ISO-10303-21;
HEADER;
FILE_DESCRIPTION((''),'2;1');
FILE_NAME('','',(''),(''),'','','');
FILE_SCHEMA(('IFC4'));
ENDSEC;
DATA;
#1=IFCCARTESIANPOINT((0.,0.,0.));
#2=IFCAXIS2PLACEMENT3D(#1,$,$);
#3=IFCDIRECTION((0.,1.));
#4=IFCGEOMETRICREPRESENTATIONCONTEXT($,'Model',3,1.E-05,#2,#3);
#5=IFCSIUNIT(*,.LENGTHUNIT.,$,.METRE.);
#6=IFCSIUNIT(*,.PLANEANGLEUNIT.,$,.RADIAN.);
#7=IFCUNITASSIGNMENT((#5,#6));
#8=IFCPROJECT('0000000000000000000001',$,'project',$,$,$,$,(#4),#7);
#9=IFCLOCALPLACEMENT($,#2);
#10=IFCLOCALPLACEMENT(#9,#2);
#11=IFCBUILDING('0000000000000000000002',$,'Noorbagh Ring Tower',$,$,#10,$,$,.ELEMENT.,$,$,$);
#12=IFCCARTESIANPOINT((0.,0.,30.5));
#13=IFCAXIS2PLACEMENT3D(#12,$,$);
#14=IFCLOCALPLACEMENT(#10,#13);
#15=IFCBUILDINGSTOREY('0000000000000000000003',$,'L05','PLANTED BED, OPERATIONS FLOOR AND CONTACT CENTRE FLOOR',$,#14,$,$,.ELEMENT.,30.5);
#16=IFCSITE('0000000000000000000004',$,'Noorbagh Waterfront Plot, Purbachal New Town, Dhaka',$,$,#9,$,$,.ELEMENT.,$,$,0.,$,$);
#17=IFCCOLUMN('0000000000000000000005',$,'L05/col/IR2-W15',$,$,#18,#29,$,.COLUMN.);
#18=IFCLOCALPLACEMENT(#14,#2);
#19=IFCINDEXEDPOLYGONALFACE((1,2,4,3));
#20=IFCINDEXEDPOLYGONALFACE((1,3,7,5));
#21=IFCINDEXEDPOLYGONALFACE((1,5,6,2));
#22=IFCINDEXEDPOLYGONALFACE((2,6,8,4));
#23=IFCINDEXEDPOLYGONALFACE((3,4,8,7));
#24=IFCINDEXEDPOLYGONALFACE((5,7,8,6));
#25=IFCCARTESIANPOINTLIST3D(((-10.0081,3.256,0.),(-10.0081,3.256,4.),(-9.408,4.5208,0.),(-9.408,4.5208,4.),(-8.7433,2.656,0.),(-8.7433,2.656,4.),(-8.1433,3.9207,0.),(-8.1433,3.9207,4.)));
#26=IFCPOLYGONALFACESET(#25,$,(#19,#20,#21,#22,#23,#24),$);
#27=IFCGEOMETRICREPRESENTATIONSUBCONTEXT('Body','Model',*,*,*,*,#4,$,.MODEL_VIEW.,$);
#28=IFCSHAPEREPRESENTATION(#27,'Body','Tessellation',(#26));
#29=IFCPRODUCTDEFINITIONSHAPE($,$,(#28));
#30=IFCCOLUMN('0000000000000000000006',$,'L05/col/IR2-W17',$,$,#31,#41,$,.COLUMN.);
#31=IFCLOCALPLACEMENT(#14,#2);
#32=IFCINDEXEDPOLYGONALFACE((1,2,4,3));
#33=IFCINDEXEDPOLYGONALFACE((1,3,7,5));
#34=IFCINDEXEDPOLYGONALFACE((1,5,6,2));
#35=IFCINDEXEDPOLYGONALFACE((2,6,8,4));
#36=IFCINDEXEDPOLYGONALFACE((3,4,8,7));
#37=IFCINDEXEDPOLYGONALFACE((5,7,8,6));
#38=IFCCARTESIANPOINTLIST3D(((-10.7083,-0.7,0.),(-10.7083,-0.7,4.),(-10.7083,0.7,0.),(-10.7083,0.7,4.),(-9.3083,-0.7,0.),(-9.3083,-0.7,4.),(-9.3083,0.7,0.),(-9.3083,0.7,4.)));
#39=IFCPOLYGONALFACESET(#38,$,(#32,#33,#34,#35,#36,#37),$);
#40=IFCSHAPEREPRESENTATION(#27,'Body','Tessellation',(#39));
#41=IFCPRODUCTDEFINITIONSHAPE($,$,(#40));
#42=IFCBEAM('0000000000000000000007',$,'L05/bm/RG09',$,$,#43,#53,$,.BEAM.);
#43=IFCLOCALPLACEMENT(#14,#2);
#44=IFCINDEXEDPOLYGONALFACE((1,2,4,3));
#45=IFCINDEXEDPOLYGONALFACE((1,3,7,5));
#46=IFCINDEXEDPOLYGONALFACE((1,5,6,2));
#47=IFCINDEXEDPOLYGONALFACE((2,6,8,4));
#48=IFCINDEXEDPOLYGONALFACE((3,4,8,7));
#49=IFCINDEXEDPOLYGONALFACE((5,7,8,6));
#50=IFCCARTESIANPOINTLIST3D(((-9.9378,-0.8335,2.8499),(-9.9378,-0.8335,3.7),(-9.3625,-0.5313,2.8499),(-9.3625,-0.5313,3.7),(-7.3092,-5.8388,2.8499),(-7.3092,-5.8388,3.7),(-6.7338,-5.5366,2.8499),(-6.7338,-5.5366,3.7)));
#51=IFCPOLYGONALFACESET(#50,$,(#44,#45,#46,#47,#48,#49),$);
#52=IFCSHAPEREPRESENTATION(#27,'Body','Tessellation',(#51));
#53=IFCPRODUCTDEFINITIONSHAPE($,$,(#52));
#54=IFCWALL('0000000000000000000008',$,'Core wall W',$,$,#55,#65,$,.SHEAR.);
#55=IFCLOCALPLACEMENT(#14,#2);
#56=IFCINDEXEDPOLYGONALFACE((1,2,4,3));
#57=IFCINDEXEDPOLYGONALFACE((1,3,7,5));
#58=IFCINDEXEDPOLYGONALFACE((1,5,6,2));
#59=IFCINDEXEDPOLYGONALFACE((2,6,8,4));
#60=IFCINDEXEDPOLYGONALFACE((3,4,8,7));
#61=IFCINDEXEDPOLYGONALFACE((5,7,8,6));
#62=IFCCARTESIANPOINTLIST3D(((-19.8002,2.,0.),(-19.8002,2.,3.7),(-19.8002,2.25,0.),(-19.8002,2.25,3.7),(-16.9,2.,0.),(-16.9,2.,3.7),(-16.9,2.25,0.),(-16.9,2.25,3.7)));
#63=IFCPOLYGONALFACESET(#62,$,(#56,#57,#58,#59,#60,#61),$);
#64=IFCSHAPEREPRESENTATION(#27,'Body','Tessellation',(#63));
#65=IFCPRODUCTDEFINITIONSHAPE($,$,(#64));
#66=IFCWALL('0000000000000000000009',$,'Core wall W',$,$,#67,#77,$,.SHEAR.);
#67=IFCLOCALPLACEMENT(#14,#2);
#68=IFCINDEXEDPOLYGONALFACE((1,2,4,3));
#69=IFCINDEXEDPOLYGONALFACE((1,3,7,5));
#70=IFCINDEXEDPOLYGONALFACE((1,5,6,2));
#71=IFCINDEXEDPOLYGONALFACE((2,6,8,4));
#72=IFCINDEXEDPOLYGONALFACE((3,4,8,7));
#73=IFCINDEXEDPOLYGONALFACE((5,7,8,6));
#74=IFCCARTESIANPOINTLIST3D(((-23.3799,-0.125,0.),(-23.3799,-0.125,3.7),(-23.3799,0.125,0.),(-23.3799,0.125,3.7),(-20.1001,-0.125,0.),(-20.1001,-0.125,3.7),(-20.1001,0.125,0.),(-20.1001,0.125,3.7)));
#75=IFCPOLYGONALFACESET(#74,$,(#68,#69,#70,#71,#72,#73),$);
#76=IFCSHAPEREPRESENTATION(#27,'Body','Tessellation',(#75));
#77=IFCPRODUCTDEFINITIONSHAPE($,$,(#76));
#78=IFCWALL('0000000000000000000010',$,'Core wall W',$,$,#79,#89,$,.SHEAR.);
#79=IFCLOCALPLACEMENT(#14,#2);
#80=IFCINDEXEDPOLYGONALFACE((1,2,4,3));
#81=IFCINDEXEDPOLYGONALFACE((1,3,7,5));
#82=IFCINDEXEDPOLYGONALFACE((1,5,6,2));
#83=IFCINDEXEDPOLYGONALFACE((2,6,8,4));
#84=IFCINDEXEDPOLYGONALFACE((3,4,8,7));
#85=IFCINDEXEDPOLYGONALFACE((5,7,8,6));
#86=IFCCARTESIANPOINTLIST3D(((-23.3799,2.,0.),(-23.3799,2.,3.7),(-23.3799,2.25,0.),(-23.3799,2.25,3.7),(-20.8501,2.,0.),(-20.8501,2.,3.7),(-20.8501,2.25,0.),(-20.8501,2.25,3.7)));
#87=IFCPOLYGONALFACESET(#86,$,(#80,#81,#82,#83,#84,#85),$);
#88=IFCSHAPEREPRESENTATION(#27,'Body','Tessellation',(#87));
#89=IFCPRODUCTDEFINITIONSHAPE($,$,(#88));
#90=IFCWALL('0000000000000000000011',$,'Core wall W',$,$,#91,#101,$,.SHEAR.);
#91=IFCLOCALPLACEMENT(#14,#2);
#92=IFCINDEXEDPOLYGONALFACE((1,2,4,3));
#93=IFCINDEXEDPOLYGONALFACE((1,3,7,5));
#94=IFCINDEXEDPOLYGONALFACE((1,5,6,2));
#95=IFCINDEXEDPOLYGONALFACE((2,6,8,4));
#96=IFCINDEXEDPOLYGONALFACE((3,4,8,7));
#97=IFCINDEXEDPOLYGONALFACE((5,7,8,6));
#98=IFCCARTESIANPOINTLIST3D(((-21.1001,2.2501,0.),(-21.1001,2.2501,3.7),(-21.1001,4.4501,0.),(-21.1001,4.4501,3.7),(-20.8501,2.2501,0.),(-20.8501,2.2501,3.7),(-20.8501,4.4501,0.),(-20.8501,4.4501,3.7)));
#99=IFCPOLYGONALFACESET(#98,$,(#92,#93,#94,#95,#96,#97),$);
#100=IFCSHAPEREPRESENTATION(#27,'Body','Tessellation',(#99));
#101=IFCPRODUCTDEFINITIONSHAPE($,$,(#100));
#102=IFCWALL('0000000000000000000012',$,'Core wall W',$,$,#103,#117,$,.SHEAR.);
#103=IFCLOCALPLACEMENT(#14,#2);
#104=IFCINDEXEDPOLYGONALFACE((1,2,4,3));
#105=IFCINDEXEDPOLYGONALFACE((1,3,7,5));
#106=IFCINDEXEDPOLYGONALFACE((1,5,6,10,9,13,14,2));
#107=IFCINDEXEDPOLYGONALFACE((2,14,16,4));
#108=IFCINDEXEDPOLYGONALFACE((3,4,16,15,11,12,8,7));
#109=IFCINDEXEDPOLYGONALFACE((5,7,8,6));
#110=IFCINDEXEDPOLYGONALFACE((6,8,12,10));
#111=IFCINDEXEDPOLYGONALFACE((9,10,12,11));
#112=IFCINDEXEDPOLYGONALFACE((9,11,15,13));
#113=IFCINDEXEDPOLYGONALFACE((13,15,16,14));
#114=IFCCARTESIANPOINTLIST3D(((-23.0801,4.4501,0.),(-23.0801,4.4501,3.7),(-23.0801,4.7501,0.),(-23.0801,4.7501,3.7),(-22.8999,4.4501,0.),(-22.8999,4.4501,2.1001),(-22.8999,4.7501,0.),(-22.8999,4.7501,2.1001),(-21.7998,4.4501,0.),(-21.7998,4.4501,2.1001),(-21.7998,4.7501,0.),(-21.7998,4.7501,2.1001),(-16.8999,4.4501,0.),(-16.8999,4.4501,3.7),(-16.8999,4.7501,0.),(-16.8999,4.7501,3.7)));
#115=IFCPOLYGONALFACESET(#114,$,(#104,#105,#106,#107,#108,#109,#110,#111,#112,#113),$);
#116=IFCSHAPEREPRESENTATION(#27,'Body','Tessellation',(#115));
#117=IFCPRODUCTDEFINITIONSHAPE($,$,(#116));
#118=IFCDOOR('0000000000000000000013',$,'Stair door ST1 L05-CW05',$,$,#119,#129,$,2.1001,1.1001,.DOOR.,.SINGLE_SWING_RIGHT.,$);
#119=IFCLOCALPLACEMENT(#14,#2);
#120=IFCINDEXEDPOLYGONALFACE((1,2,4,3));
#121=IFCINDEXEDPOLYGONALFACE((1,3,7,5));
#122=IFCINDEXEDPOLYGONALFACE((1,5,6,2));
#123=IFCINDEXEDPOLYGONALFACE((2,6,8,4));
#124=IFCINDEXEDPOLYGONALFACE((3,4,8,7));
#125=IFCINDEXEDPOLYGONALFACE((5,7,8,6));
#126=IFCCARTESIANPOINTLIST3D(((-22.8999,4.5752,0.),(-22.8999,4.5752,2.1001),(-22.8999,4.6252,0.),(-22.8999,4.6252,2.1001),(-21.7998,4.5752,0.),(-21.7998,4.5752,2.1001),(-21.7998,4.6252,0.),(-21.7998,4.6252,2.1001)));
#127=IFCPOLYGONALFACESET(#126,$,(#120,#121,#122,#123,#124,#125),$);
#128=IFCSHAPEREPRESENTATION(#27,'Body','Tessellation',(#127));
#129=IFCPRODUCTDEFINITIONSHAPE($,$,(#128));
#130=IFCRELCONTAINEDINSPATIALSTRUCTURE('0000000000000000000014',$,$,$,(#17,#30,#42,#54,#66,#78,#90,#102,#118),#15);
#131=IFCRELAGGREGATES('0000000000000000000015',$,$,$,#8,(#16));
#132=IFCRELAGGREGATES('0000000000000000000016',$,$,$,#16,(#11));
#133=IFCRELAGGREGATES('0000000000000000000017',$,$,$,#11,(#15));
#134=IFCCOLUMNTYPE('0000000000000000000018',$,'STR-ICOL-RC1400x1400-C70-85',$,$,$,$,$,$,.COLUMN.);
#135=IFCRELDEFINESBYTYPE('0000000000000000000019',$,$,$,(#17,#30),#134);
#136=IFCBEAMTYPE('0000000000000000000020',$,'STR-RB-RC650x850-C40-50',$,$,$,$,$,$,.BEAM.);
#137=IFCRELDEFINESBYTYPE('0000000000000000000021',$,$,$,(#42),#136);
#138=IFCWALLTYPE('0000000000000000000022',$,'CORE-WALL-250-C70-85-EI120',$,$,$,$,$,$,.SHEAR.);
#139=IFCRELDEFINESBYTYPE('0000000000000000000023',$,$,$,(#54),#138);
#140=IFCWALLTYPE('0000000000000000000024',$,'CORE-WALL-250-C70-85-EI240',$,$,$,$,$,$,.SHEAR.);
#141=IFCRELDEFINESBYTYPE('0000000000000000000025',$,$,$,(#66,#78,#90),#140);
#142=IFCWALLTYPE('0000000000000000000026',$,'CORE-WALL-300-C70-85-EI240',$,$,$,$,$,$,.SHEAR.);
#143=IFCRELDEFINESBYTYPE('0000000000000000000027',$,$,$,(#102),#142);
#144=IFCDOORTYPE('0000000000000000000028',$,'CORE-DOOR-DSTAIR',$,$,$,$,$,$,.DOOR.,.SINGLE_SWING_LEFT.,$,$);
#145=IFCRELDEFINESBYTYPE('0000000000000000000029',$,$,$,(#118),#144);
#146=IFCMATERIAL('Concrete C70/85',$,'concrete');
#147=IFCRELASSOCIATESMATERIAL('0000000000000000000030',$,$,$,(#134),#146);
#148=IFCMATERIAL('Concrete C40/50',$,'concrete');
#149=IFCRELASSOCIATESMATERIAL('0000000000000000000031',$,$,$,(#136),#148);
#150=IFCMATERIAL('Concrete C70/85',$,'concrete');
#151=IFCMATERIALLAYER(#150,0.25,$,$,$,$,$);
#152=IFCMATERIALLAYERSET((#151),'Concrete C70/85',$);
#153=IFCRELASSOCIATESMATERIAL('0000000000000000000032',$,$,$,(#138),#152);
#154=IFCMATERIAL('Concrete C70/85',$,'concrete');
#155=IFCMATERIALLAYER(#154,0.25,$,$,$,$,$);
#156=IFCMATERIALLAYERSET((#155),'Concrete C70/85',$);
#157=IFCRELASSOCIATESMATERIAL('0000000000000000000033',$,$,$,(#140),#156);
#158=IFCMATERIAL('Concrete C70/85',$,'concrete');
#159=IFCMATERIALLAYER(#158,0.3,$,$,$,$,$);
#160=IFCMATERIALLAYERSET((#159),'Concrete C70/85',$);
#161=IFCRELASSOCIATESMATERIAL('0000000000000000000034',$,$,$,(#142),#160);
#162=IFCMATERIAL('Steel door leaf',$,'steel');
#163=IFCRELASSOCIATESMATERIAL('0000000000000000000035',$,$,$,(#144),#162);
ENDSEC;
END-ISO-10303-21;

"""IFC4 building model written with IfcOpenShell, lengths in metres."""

from ifc_helpers import new_model, si_unit, direction, frame, frame_2d, origin, origin_2d, place, context, subcontext, project, spatial, rectangle, extrude, material, layer, layer_set, material_profile, profile_set, type_object, element, fill, save


model = new_model("IFC4")

# Units and contexts
model_context = context("Model", 3, precision=1e-05, world=origin(), true_north=direction((0.0, 1.0)))
body_context = subcontext(model_context, "Body", "Model", "MODEL_VIEW")
ifc_project = project(units=[si_unit("LENGTHUNIT", "METRE"), si_unit("PLANEANGLEUNIT", "RADIAN")], contexts=[model_context])

# Site, building, storey
site_placement = place(None, origin())
site = spatial("IfcSite", under=ifc_project, at=site_placement, Name="Noorbagh Waterfront Plot, Purbachal New Town, Dhaka", CompositionType="ELEMENT", RefElevation=0.0)
building_placement = place(site_placement, origin())
building = spatial("IfcBuilding", under=site, at=building_placement, Name="Noorbagh Ring Tower", CompositionType="ELEMENT")
storey_placement = place(building_placement, frame((0.0, 0.0, 30.5)))
storey = spatial("IfcBuildingStorey", under=building, at=storey_placement, Name="L05", Description="PLANTED BED, OPERATIONS FLOOR AND CONTACT CENTRE FLOOR", CompositionType="ELEMENT", Elevation=30.5)

# Columns
ifc_material_1 = material(Name="Concrete C70/85", Category="concrete")
ifc_material_profile_1 = material_profile(ifc_material_1, rectangle(XDim=1.3999, YDim=1.3999, at=origin_2d()), Name="RC1400x1400")
ifc_profile_set_1 = profile_set([ifc_material_profile_1], Name="Concrete C70/85")
column_type = type_object("IfcColumnType", Name="STR-ICOL-RC1400x1400-C70-85", PredefinedType="COLUMN", material=ifc_profile_set_1)
for number, where, z_axis, x_axis, name in (
    (1, (-9.0757, 3.5884, 0.0), (0.0, 0.0, 1.0), (-0.428667, -0.903463, 0.0), "L05/col/IR2-W15"),
    (2, (-10.0083, 0.0, 0.0), (0.0, 0.0, 1.0), (0.0, -1.0, 0.0), "L05/col/IR2-W17"),
):
    element("IfcColumn", number, at=place(storey_placement, frame(where, z_axis=z_axis, x_axis=x_axis)), inside=storey, type_object=column_type, Name=name, PredefinedType="COLUMN", context=body_context, shape_type="SweptSolid", body=[
        extrude(rectangle(XDim=1.3999, YDim=1.3999, at=origin_2d()), origin(), (0.0, 0.0, 1.0), 4.0),
    ])

# Beam
ifc_material_2 = material(Name="Concrete C40/50", Category="concrete")
ifc_material_profile_2 = material_profile(ifc_material_2, rectangle(XDim=0.6499, YDim=0.8501, at=origin_2d()), Name="RC650x850")
ifc_profile_set_2 = profile_set([ifc_material_profile_2], Name="Concrete C40/50")
beam_type = type_object("IfcBeamType", Name="STR-RB-RC650x850-C40-50", PredefinedType="BEAM", material=ifc_profile_set_2)
beam_placement = place(storey_placement, frame((-9.6501, -0.6824, 3.2749), z_axis=(0.464951, -0.885337, 0.0), x_axis=(0.885337, 0.464951, 0.0)))
element("IfcBeam", 3, at=beam_placement, inside=storey, type_object=beam_type, Name="L05/bm/RG09", PredefinedType="BEAM", context=body_context, shape_type="SweptSolid", body=[
    extrude(rectangle(XDim=0.6499, YDim=0.8501, at=origin_2d()), origin(), (0.0, 0.0, 1.0), 5.6536),
])

# Walls
ifc_material_3 = material(Name="Concrete C70/85", Category="concrete")
ifc_layer_1 = layer(ifc_material_3, 0.25)
ifc_layer_set_1 = layer_set([ifc_layer_1], Name="Concrete C70/85")
wall_type_1 = type_object("IfcWallType", Name="CORE-WALL-250-C70-85-EI120", PredefinedType="SHEAR", material=ifc_layer_set_1)
wall_1_placement = place(storey_placement, frame((-16.8999, 2.125, 0.0), z_axis=(0.0, 0.0, 1.0), x_axis=(-1.0, 0.0, 0.0)))
element("IfcWall", 4, at=wall_1_placement, inside=storey, type_object=wall_type_1, Name="Core wall W", PredefinedType="SHEAR", context=body_context, shape_type="SweptSolid", body=[
    extrude(rectangle(XDim=2.9001, YDim=0.25, at=frame_2d((1.4502, 0.0))), origin(), (0.0, 0.0, 1.0), 3.7),
])
ifc_material_4 = material(Name="Concrete C70/85", Category="concrete")
ifc_layer_2 = layer(ifc_material_4, 0.25)
ifc_layer_set_2 = layer_set([ifc_layer_2], Name="Concrete C70/85")
wall_type_2 = type_object("IfcWallType", Name="CORE-WALL-250-C70-85-EI240", PredefinedType="SHEAR", material=ifc_layer_set_2)
wall_2_placement = place(storey_placement, frame((-20.1001, 0.0, 0.0), z_axis=(0.0, 0.0, 1.0), x_axis=(-1.0, 0.0, 0.0)))
element("IfcWall", 5, at=wall_2_placement, inside=storey, type_object=wall_type_2, Name="Core wall W", PredefinedType="SHEAR", context=body_context, shape_type="SweptSolid", body=[
    extrude(rectangle(XDim=3.2798, YDim=0.25, at=frame_2d((1.6399, 0.0))), origin(), (0.0, 0.0, 1.0), 3.7),
])
wall_3_placement = place(storey_placement, frame((-20.8501, 2.125, 0.0), z_axis=(0.0, 0.0, 1.0), x_axis=(-1.0, 0.0, 0.0)))
element("IfcWall", 6, at=wall_3_placement, inside=storey, type_object=wall_type_2, Name="Core wall W", PredefinedType="SHEAR", context=body_context, shape_type="SweptSolid", body=[
    extrude(rectangle(XDim=2.5298, YDim=0.25, at=frame_2d((1.2649, 0.0))), origin(), (0.0, 0.0, 1.0), 3.7),
])
wall_4_placement = place(storey_placement, frame((-20.9751, 2.25, 0.0), z_axis=(0.0, 0.0, 1.0), x_axis=(0.0, 1.0, 0.0)))
element("IfcWall", 7, at=wall_4_placement, inside=storey, type_object=wall_type_2, Name="Core wall W", PredefinedType="SHEAR", context=body_context, shape_type="SweptSolid", body=[
    extrude(rectangle(XDim=2.2, YDim=0.25, at=frame_2d((1.1001, 0.0))), origin(), (0.0, 0.0, 1.0), 3.7),
])

# Wall, opening, door
ifc_material_5 = material(Name="Concrete C70/85", Category="concrete")
ifc_layer_3 = layer(ifc_material_5, 0.3)
ifc_layer_set_3 = layer_set([ifc_layer_3], Name="Concrete C70/85")
wall_type_3 = type_object("IfcWallType", Name="CORE-WALL-300-C70-85-EI240", PredefinedType="SHEAR", material=ifc_layer_set_3)
wall_5_placement = place(storey_placement, frame((-16.8999, 4.6001, 0.0), z_axis=(0.0, 0.0, 1.0), x_axis=(-1.0, 0.0, 0.0)))
wall_5 = element("IfcWall", 8, at=wall_5_placement, inside=storey, type_object=wall_type_3, Name="Core wall W", PredefinedType="SHEAR", context=body_context, shape_type="SweptSolid", body=[
    extrude(rectangle(XDim=6.1802, YDim=0.3, at=frame_2d((3.0901, 0.0))), origin(), (0.0, 0.0, 1.0), 3.7),
])
opening_1_placement = place(wall_5_placement, frame((4.8999, 0.0, 0.0)))
opening_1 = element("IfcOpeningElement", 9, at=opening_1_placement, cuts=wall_5, PredefinedType="OPENING", context=body_context, shape_type="SweptSolid", body=[
    extrude(rectangle(XDim=1.1001, YDim=2.1001, at=frame_2d((0.55, 1.05))), frame((0.0, 0.1602, 0.0), z_axis=(0.0, -1.0, 0.0), x_axis=(1.0, 0.0, 0.0)), (0.0, 0.0, 1.0), 0.3201),
])
ifc_material_6 = material(Name="Steel door leaf", Category="steel")
door_type_1 = type_object("IfcDoorType", Name="CORE-DOOR-DSTAIR", OperationType="SINGLE_SWING_LEFT", PredefinedType="DOOR", material=ifc_material_6)
door_1_placement = place(opening_1_placement, origin())
door_1 = element("IfcDoor", 10, at=door_1_placement, inside=storey, type_object=door_type_1, Name="Stair door ST1 L05-CW05", OperationType="SINGLE_SWING_RIGHT", OverallHeight=2.1001, OverallWidth=1.1001, PredefinedType="DOOR", context=body_context, shape_type="SweptSolid", body=[
    extrude(rectangle(XDim=1.1001, YDim=2.1001, at=frame_2d((0.55, 1.05))), frame((0.0, 0.0249, 0.0), z_axis=(0.0, -1.0, 0.0), x_axis=(1.0, 0.0, 0.0)), (0.0, 0.0, 1.0), 0.05),
])
fill(opening_1, door_1)

save(model, "model.ifc")
